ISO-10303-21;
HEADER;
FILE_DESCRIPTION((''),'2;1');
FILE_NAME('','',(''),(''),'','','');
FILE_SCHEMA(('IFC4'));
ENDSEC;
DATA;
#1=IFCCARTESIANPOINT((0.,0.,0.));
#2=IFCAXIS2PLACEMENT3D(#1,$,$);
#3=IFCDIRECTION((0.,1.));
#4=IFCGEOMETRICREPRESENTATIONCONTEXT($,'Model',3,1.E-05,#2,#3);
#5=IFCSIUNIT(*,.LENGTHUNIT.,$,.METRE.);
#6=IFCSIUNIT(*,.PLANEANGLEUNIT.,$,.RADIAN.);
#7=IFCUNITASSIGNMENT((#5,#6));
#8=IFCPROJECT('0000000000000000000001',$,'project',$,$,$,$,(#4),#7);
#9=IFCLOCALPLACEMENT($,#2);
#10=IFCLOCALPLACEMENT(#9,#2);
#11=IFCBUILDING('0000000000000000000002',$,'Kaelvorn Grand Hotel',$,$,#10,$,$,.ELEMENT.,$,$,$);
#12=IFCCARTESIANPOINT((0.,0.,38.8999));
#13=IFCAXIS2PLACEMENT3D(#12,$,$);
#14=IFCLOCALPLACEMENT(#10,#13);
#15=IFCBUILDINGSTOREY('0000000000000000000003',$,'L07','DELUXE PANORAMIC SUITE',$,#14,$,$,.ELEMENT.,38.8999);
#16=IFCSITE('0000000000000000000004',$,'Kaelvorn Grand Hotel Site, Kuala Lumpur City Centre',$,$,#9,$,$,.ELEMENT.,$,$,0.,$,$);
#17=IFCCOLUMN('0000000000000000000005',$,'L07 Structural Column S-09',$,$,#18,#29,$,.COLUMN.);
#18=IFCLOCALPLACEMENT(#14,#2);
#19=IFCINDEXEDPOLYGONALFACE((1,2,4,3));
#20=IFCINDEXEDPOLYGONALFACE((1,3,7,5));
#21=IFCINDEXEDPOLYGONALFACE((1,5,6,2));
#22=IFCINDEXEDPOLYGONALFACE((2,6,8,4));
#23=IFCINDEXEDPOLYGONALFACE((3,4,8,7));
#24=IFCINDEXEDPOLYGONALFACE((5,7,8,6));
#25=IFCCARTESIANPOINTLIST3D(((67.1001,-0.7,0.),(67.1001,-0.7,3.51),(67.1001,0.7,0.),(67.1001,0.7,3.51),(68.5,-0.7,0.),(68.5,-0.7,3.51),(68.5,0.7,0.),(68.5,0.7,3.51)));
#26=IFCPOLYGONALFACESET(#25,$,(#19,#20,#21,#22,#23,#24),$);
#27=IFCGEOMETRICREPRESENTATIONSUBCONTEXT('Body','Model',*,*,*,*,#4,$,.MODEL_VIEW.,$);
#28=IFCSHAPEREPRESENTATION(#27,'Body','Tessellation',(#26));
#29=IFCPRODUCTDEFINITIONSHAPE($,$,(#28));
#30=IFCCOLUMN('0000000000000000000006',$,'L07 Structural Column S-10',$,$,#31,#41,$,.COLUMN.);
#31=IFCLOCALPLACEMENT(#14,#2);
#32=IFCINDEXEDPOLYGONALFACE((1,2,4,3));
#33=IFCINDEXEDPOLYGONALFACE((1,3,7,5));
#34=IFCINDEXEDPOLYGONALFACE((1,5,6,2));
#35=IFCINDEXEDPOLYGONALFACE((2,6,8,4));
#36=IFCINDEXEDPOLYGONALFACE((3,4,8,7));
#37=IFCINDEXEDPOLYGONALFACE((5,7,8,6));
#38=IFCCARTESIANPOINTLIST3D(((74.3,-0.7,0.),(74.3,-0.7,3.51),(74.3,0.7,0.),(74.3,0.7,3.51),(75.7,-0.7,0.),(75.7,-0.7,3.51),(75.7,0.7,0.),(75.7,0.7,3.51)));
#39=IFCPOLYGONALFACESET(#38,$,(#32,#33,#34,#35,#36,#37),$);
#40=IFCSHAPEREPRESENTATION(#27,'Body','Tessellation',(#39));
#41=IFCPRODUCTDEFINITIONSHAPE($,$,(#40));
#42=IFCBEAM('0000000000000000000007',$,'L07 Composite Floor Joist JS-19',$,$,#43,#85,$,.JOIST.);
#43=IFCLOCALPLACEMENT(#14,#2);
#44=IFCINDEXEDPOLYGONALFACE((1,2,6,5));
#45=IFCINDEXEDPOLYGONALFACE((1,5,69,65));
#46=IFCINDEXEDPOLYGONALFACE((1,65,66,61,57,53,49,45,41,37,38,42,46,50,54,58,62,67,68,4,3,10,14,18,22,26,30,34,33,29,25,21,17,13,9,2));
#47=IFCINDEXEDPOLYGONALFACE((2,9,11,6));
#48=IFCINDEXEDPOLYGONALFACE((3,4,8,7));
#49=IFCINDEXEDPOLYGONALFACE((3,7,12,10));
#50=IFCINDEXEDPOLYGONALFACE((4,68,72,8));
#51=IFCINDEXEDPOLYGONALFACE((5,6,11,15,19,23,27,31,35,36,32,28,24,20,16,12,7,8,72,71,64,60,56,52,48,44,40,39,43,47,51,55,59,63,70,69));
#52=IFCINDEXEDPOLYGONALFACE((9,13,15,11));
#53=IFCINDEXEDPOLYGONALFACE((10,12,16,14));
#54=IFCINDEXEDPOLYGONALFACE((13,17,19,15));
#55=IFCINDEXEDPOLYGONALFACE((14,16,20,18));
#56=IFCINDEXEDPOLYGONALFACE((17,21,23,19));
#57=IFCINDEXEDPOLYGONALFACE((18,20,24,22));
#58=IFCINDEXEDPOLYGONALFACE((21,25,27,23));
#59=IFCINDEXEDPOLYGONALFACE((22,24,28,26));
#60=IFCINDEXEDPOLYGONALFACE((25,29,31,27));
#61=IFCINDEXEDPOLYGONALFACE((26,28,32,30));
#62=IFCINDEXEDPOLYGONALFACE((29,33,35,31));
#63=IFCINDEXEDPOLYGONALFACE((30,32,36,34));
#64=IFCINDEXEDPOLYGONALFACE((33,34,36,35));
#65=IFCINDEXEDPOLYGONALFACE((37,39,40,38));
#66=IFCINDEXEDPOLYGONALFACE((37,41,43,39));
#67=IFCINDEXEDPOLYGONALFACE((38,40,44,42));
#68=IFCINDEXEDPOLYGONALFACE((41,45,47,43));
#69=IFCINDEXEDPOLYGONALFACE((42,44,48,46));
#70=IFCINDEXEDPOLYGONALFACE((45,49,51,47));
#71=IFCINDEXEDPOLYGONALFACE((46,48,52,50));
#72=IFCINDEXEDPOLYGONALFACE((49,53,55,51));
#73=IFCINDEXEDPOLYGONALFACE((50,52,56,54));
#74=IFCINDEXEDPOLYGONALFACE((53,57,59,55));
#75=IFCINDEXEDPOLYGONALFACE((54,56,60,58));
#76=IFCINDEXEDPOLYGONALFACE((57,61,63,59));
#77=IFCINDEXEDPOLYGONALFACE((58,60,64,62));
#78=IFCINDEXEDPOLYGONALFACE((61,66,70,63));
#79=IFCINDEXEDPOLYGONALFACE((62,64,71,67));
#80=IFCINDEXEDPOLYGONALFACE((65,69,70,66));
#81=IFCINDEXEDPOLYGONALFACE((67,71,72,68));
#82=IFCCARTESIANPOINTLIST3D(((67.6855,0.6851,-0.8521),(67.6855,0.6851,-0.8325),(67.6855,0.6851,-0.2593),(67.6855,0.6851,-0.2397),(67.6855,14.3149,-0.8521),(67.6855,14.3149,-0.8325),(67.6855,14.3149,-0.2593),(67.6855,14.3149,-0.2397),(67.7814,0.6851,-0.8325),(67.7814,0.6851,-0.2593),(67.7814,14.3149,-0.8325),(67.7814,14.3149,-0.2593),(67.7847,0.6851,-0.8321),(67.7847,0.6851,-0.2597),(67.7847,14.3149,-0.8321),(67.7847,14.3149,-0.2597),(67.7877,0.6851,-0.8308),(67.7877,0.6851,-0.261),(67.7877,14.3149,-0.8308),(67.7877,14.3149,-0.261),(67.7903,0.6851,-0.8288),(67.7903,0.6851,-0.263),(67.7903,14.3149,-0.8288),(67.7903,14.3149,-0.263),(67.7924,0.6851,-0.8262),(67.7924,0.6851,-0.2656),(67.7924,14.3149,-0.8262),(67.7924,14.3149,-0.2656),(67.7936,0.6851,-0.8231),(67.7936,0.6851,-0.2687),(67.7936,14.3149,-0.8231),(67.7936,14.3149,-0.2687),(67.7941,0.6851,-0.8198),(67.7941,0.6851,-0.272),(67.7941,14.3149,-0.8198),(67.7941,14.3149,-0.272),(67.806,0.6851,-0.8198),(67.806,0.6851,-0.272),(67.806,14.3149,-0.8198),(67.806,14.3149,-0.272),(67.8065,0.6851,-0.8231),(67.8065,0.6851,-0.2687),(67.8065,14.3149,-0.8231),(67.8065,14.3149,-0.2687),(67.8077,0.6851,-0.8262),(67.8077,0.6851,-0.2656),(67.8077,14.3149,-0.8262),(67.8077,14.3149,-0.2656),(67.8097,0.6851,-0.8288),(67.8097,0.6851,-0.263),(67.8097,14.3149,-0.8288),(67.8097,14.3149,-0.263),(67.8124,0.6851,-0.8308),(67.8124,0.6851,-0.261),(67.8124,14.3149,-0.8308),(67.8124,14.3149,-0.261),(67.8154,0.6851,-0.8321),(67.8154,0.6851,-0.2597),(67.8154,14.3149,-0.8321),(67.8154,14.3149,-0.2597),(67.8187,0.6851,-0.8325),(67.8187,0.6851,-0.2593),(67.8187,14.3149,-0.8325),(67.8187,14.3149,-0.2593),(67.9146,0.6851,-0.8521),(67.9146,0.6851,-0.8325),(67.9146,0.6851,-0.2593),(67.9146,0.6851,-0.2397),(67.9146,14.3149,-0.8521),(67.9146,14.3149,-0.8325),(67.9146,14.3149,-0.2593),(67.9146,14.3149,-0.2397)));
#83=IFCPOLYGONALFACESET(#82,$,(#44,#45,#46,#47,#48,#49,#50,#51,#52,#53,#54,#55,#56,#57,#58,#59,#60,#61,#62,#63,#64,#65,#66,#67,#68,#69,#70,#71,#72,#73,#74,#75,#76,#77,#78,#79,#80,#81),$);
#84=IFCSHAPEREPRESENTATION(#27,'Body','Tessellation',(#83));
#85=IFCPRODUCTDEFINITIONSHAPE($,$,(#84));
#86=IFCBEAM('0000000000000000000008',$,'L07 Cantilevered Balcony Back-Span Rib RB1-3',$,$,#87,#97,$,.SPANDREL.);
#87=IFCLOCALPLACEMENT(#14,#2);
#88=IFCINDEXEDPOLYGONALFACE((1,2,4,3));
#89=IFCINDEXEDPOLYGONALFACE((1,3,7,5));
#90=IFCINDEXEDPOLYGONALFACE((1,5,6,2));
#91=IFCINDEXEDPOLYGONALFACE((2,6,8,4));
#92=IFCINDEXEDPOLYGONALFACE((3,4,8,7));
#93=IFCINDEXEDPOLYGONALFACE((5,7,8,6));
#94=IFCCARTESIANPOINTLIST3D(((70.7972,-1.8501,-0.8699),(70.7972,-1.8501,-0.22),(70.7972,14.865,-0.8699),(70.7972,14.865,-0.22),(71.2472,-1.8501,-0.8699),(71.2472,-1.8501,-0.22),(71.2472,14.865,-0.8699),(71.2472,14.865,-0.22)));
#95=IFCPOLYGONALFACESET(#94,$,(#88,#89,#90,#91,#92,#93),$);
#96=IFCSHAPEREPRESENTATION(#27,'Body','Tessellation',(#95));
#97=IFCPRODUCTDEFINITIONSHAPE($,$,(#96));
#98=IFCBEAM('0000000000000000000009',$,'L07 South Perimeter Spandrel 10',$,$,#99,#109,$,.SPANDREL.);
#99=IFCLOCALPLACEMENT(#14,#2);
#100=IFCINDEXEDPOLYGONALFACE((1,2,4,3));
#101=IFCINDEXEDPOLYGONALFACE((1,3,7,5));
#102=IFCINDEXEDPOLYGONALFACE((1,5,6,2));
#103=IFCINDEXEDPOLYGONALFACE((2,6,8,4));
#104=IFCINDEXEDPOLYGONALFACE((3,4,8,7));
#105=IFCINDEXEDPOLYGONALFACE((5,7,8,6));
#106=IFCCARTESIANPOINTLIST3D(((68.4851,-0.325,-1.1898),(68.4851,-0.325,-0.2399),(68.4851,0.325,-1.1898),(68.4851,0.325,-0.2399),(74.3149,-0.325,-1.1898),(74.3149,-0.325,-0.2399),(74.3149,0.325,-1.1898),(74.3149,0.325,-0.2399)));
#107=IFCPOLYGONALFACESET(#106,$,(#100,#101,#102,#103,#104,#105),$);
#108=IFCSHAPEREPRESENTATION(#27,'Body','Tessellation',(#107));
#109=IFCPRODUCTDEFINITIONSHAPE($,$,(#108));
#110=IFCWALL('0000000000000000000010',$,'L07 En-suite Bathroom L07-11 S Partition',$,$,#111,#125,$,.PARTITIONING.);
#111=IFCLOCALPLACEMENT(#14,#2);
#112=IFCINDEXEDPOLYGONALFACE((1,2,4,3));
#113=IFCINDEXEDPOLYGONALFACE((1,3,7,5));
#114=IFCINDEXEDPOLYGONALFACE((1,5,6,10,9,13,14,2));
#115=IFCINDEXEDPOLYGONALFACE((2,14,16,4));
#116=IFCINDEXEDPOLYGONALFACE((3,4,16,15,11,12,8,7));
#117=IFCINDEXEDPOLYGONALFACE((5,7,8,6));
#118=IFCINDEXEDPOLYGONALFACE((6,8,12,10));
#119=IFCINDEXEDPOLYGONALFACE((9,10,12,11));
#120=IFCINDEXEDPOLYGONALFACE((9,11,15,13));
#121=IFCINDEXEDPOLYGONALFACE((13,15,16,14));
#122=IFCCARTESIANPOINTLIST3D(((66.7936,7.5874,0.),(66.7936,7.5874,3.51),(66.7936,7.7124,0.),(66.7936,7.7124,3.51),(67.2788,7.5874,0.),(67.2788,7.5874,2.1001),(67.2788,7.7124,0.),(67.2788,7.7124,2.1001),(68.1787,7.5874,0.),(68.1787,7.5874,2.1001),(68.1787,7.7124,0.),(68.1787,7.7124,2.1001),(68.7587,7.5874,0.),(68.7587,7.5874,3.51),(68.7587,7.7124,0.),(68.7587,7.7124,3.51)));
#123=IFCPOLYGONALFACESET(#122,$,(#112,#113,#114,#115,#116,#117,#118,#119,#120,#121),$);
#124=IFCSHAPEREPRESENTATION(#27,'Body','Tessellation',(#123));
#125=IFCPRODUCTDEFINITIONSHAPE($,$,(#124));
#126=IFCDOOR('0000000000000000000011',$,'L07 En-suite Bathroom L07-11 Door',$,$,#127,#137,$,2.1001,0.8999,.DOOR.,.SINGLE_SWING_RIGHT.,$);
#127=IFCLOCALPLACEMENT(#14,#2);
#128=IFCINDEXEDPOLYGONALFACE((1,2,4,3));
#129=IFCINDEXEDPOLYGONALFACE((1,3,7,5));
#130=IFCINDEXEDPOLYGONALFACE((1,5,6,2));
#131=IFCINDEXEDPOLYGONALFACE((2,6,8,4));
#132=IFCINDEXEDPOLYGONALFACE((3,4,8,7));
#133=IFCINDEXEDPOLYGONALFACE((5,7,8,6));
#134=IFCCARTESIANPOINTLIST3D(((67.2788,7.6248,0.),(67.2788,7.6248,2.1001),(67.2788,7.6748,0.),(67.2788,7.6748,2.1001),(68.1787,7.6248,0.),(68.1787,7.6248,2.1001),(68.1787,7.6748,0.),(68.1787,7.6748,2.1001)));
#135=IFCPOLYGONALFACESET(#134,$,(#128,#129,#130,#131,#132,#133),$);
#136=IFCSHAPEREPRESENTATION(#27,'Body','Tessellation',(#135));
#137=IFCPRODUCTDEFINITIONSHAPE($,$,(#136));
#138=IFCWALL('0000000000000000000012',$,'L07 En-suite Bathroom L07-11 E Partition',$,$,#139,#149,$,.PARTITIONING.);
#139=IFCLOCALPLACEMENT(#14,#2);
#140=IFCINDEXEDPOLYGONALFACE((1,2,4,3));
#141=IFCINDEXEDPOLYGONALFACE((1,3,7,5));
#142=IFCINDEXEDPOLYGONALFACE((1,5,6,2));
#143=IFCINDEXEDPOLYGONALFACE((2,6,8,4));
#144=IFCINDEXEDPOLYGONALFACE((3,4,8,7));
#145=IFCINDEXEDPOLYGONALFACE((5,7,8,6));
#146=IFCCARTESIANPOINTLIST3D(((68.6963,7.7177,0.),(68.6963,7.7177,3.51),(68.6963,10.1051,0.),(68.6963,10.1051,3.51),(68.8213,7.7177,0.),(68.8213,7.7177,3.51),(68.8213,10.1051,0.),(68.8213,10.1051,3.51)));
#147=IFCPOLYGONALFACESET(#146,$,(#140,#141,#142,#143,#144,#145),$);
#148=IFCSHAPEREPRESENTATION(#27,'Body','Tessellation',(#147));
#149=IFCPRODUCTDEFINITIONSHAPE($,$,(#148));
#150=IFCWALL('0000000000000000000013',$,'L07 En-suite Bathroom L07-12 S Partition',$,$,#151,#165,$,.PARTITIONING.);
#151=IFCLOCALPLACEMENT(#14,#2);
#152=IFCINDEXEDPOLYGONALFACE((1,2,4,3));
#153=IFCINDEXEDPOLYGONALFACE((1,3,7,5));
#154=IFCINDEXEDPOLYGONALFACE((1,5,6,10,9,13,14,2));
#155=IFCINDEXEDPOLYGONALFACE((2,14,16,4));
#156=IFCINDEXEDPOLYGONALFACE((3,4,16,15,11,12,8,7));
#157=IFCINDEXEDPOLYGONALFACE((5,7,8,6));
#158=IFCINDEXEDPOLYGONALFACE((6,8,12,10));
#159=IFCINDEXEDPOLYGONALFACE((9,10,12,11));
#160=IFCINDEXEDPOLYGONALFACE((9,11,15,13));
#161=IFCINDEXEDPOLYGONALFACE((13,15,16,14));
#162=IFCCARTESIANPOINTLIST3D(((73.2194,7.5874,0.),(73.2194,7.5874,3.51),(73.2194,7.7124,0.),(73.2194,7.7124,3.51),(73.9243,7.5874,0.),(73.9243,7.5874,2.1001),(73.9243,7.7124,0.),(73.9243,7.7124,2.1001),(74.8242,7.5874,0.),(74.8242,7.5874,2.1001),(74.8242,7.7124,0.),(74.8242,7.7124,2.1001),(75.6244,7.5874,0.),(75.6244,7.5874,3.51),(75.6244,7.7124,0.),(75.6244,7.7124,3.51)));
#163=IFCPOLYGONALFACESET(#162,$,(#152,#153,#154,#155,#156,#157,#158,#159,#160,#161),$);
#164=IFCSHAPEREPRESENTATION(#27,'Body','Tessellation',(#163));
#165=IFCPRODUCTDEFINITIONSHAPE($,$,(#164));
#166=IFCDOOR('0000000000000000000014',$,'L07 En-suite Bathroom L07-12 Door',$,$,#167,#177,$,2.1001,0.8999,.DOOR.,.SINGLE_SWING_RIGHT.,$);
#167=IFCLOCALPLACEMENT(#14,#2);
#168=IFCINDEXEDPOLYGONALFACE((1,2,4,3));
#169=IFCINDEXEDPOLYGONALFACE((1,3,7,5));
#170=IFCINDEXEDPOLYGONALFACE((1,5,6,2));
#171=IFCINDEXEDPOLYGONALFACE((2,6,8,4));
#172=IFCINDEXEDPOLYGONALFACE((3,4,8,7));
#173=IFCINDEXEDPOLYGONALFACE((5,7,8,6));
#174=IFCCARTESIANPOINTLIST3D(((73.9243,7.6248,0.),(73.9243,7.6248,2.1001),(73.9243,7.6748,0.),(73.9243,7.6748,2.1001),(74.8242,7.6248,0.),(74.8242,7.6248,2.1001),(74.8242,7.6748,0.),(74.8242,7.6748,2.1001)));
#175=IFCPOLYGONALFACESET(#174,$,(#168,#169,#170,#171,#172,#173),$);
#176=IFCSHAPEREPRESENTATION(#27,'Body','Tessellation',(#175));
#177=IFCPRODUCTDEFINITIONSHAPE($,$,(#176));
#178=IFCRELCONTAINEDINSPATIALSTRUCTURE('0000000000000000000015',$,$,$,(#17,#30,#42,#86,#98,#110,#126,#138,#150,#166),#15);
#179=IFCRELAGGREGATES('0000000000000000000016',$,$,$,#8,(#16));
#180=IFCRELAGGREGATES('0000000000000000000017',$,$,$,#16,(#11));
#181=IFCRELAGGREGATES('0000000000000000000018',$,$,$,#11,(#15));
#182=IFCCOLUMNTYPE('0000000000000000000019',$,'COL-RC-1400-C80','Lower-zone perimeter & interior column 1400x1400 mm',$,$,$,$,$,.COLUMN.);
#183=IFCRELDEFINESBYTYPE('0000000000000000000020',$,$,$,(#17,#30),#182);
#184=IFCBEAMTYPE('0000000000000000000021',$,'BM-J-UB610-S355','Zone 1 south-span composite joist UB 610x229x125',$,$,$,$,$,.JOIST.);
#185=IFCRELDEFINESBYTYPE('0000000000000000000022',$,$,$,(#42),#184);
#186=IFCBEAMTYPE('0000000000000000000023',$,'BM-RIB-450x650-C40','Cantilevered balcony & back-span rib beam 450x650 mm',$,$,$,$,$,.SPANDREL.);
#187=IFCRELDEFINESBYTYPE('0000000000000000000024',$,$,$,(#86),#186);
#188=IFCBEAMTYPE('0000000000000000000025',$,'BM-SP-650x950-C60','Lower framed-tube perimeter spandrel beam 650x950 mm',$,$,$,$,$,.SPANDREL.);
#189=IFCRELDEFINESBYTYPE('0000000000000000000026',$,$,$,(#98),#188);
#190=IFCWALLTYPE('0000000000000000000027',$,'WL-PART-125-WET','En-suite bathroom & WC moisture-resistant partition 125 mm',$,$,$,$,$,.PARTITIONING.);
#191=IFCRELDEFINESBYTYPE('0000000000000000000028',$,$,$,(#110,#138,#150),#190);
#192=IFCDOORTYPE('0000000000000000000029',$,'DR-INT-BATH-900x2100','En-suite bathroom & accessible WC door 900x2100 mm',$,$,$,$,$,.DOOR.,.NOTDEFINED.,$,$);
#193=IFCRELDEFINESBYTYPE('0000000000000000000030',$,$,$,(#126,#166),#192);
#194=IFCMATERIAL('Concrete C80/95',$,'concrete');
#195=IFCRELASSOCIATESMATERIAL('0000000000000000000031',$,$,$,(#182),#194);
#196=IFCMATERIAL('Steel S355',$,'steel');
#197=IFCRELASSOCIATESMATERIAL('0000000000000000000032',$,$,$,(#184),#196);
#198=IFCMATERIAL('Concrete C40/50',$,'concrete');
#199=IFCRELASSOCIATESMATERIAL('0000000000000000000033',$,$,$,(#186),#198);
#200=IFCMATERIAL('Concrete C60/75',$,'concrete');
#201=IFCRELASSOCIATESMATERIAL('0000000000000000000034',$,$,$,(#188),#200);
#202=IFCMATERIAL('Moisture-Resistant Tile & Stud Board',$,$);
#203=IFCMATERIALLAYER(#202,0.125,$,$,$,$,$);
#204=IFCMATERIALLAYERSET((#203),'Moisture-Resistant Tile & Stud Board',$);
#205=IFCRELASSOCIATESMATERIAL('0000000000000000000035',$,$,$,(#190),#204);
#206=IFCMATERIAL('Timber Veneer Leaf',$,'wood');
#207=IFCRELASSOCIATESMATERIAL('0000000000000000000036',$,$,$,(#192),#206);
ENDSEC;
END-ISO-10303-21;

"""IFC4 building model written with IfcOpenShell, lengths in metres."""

from ifc_helpers import new_model, si_unit, direction, frame, frame_2d, origin, origin_2d, place, context, subcontext, project, spatial, rectangle, i_section, extrude, material, layer, layer_set, material_profile, profile_set, type_object, element, fill, save


model = new_model("IFC4")

# Units and contexts
model_context = context("Model", 3, precision=1e-05, world=origin(), true_north=direction((0.0, 1.0)))
body_context = subcontext(model_context, "Body", "Model", "MODEL_VIEW")
ifc_project = project(units=[si_unit("LENGTHUNIT", "METRE"), si_unit("PLANEANGLEUNIT", "RADIAN")], contexts=[model_context])

# Site, building, storey
site_placement = place(None, origin())
site = spatial("IfcSite", under=ifc_project, at=site_placement, Name="Kaelvorn Grand Hotel Site, Kuala Lumpur City Centre", CompositionType="ELEMENT", RefElevation=0.0)
building_placement = place(site_placement, origin())
building = spatial("IfcBuilding", under=site, at=building_placement, Name="Kaelvorn Grand Hotel", CompositionType="ELEMENT")
storey_placement = place(building_placement, frame((0.0, 0.0, 38.8999)))
storey = spatial("IfcBuildingStorey", under=building, at=storey_placement, Name="L07", Description="DELUXE PANORAMIC SUITE", CompositionType="ELEMENT", Elevation=38.8999)

# Columns
ifc_material_1 = material(Name="Concrete C80/95", Category="concrete")
ifc_material_profile_1 = material_profile(ifc_material_1, rectangle(XDim=1.3999, YDim=1.3999, at=origin_2d()), Name="RC COL 1400x1400")
ifc_profile_set_1 = profile_set([ifc_material_profile_1], Name="Concrete C80/95")
column_type = type_object("IfcColumnType", Name="COL-RC-1400-C80", Description="Lower-zone perimeter & interior column 1400x1400 mm", PredefinedType="COLUMN", material=ifc_profile_set_1)
for number, where, z_axis, x_axis, name in (
    (1, (67.8, 0.0, 0.0), (0.0, 0.0, 1.0), (1.0, 0.0, 0.0), "L07 Structural Column S-09"),
    (2, (75.0, 0.0, 0.0), (0.0, 0.0, 1.0), (1.0, 0.0, 0.0), "L07 Structural Column S-10"),
):
    element("IfcColumn", number, at=place(storey_placement, frame(where, z_axis=z_axis, x_axis=x_axis)), inside=storey, type_object=column_type, Name=name, PredefinedType="COLUMN", context=body_context, shape_type="SweptSolid", body=[
        extrude(rectangle(XDim=1.3999, YDim=1.3999, at=origin_2d()), origin(), (0.0, 0.0, 1.0), 3.51),
    ])

# Beams
ifc_material_2 = material(Name="Steel S355", Category="steel")
ifc_material_profile_2 = material_profile(ifc_material_2, i_section(OverallWidth=0.229, OverallDepth=0.6123, WebThickness=0.012, FlangeThickness=0.0195, FilletRadius=0.0127, at=origin_2d()), Name="UB 610x229x125")
ifc_profile_set_2 = profile_set([ifc_material_profile_2], Name="Steel S355")
beam_type_1 = type_object("IfcBeamType", Name="BM-J-UB610-S355", Description="Zone 1 south-span composite joist UB 610x229x125", PredefinedType="JOIST", material=ifc_profile_set_2)
beam_1_placement = place(storey_placement, frame((67.8, 0.6851, -0.5459), z_axis=(0.0, 1.0, 0.0), x_axis=(-1.0, 0.0, 0.0)))
element("IfcBeam", 3, at=beam_1_placement, inside=storey, type_object=beam_type_1, Name="L07 Composite Floor Joist JS-19", PredefinedType="JOIST", context=body_context, shape_type="SweptSolid", body=[
    extrude(i_section(OverallWidth=0.229, OverallDepth=0.6123, WebThickness=0.012, FlangeThickness=0.0195, FilletRadius=0.0127, at=origin_2d()), origin(), (0.0, 0.0, 1.0), 13.6299),
])
ifc_material_3 = material(Name="Concrete C40/50", Category="concrete")
ifc_material_profile_3 = material_profile(ifc_material_3, rectangle(XDim=0.45, YDim=0.6499, at=origin_2d()), Name="RC RIB 450x650")
ifc_profile_set_3 = profile_set([ifc_material_profile_3], Name="Concrete C40/50")
beam_type_2 = type_object("IfcBeamType", Name="BM-RIB-450x650-C40", Description="Cantilevered balcony & back-span rib beam 450x650 mm", PredefinedType="SPANDREL", material=ifc_profile_set_3)
beam_2_placement = place(storey_placement, frame((71.0222, -1.8501, -0.5449), z_axis=(0.0, 1.0, 0.0), x_axis=(-1.0, 0.0, 0.0)))
element("IfcBeam", 4, at=beam_2_placement, inside=storey, type_object=beam_type_2, Name="L07 Cantilevered Balcony Back-Span Rib RB1-3", PredefinedType="SPANDREL", context=body_context, shape_type="SweptSolid", body=[
    extrude(rectangle(XDim=0.45, YDim=0.6499, at=origin_2d()), origin(), (0.0, 0.0, 1.0), 16.7151),
])
ifc_material_4 = material(Name="Concrete C60/75", Category="concrete")
ifc_material_profile_4 = material_profile(ifc_material_4, rectangle(XDim=0.6499, YDim=0.95, at=origin_2d()), Name="RC SPANDREL 650x950")
ifc_profile_set_4 = profile_set([ifc_material_profile_4], Name="Concrete C60/75")
beam_type_3 = type_object("IfcBeamType", Name="BM-SP-650x950-C60", Description="Lower framed-tube perimeter spandrel beam 650x950 mm", PredefinedType="SPANDREL", material=ifc_profile_set_4)
beam_3_placement = place(storey_placement, frame((68.4851, 0.0, -0.7148), z_axis=(1.0, 0.0, 0.0), x_axis=(0.0, 1.0, 0.0)))
element("IfcBeam", 5, at=beam_3_placement, inside=storey, type_object=beam_type_3, Name="L07 South Perimeter Spandrel 10", PredefinedType="SPANDREL", context=body_context, shape_type="SweptSolid", body=[
    extrude(rectangle(XDim=0.6499, YDim=0.95, at=origin_2d()), origin(), (0.0, 0.0, 1.0), 5.8298),
])

# Wall, opening, door
ifc_material_5 = material(Name="Moisture-Resistant Tile & Stud Board")
ifc_layer_1 = layer(ifc_material_5, 0.125)
ifc_layer_set_1 = layer_set([ifc_layer_1], Name="Moisture-Resistant Tile & Stud Board")
wall_type_1 = type_object("IfcWallType", Name="WL-PART-125-WET", Description="En-suite bathroom & WC moisture-resistant partition 125 mm", PredefinedType="PARTITIONING", material=ifc_layer_set_1)
wall_1_placement = place(storey_placement, frame((66.7937, 7.6499, 0.0), z_axis=(0.0, 0.0, 1.0), x_axis=(1.0, 0.0, 0.0)))
wall_1 = element("IfcWall", 6, at=wall_1_placement, inside=storey, type_object=wall_type_1, Name="L07 En-suite Bathroom L07-11 S Partition", PredefinedType="PARTITIONING", context=body_context, shape_type="SweptSolid", body=[
    extrude(rectangle(XDim=1.9651, YDim=0.125, at=frame_2d((0.9824, 0.0))), origin(), (0.0, 0.0, 1.0), 3.51),
])
opening_1_placement = place(wall_1_placement, frame((0.4851, 0.0, 0.0)))
opening_1 = element("IfcOpeningElement", 7, at=opening_1_placement, cuts=wall_1, PredefinedType="OPENING", context=body_context, shape_type="SweptSolid", body=[
    extrude(rectangle(XDim=0.8999, YDim=2.1001, at=frame_2d((0.45, 1.05))), frame((0.0, 0.0725, 0.0), z_axis=(0.0, -1.0, 0.0), x_axis=(1.0, 0.0, 0.0)), (0.0, 0.0, 1.0), 0.145),
])
ifc_material_6 = material(Name="Timber Veneer Leaf", Category="wood")
door_type_1 = type_object("IfcDoorType", Name="DR-INT-BATH-900x2100", Description="En-suite bathroom & accessible WC door 900x2100 mm", OperationType="NOTDEFINED", PredefinedType="DOOR", material=ifc_material_6)
door_1_placement = place(opening_1_placement, origin())
door_1 = element("IfcDoor", 8, at=door_1_placement, inside=storey, type_object=door_type_1, Name="L07 En-suite Bathroom L07-11 Door", OperationType="SINGLE_SWING_RIGHT", OverallHeight=2.1001, OverallWidth=0.8999, PredefinedType="DOOR", context=body_context, shape_type="SweptSolid", body=[
    extrude(rectangle(XDim=0.8999, YDim=2.1001, at=frame_2d((0.45, 1.05))), frame((0.0, 0.0249, 0.0), z_axis=(0.0, -1.0, 0.0), x_axis=(1.0, 0.0, 0.0)), (0.0, 0.0, 1.0), 0.05),
])
fill(opening_1, door_1)

# Wall
wall_2_placement = place(storey_placement, frame((68.7588, 7.7175, 0.0), z_axis=(0.0, 0.0, 1.0), x_axis=(0.0, 1.0, 0.0)))
element("IfcWall", 9, at=wall_2_placement, inside=storey, type_object=wall_type_1, Name="L07 En-suite Bathroom L07-11 E Partition", PredefinedType="PARTITIONING", context=body_context, shape_type="SweptSolid", body=[
    extrude(rectangle(XDim=2.3875, YDim=0.125, at=frame_2d((1.1938, 0.0))), origin(), (0.0, 0.0, 1.0), 3.51),
])

# Wall, opening, door
wall_3_placement = place(storey_placement, frame((73.2192, 7.6499, 0.0), z_axis=(0.0, 0.0, 1.0), x_axis=(1.0, 0.0, 0.0)))
wall_3 = element("IfcWall", 10, at=wall_3_placement, inside=storey, type_object=wall_type_1, Name="L07 En-suite Bathroom L07-12 S Partition", PredefinedType="PARTITIONING", context=body_context, shape_type="SweptSolid", body=[
    extrude(rectangle(XDim=2.405, YDim=0.125, at=frame_2d((1.2026, 0.0))), origin(), (0.0, 0.0, 1.0), 3.51),
])
opening_2_placement = place(wall_3_placement, frame((0.7051, 0.0, 0.0)))
opening_2 = element("IfcOpeningElement", 11, at=opening_2_placement, cuts=wall_3, PredefinedType="OPENING", context=body_context, shape_type="SweptSolid", body=[
    extrude(rectangle(XDim=0.8999, YDim=2.1001, at=frame_2d((0.45, 1.05))), frame((0.0, 0.0725, 0.0), z_axis=(0.0, -1.0, 0.0), x_axis=(1.0, 0.0, 0.0)), (0.0, 0.0, 1.0), 0.145),
])
door_2_placement = place(opening_2_placement, origin())
door_2 = element("IfcDoor", 12, at=door_2_placement, inside=storey, type_object=door_type_1, Name="L07 En-suite Bathroom L07-12 Door", OperationType="SINGLE_SWING_RIGHT", OverallHeight=2.1001, OverallWidth=0.8999, PredefinedType="DOOR", context=body_context, shape_type="SweptSolid", body=[
    extrude(rectangle(XDim=0.8999, YDim=2.1001, at=frame_2d((0.45, 1.05))), frame((0.0, 0.0249, 0.0), z_axis=(0.0, -1.0, 0.0), x_axis=(1.0, 0.0, 0.0)), (0.0, 0.0, 1.0), 0.05),
])
fill(opening_2, door_2)

save(model, "model.ifc")
